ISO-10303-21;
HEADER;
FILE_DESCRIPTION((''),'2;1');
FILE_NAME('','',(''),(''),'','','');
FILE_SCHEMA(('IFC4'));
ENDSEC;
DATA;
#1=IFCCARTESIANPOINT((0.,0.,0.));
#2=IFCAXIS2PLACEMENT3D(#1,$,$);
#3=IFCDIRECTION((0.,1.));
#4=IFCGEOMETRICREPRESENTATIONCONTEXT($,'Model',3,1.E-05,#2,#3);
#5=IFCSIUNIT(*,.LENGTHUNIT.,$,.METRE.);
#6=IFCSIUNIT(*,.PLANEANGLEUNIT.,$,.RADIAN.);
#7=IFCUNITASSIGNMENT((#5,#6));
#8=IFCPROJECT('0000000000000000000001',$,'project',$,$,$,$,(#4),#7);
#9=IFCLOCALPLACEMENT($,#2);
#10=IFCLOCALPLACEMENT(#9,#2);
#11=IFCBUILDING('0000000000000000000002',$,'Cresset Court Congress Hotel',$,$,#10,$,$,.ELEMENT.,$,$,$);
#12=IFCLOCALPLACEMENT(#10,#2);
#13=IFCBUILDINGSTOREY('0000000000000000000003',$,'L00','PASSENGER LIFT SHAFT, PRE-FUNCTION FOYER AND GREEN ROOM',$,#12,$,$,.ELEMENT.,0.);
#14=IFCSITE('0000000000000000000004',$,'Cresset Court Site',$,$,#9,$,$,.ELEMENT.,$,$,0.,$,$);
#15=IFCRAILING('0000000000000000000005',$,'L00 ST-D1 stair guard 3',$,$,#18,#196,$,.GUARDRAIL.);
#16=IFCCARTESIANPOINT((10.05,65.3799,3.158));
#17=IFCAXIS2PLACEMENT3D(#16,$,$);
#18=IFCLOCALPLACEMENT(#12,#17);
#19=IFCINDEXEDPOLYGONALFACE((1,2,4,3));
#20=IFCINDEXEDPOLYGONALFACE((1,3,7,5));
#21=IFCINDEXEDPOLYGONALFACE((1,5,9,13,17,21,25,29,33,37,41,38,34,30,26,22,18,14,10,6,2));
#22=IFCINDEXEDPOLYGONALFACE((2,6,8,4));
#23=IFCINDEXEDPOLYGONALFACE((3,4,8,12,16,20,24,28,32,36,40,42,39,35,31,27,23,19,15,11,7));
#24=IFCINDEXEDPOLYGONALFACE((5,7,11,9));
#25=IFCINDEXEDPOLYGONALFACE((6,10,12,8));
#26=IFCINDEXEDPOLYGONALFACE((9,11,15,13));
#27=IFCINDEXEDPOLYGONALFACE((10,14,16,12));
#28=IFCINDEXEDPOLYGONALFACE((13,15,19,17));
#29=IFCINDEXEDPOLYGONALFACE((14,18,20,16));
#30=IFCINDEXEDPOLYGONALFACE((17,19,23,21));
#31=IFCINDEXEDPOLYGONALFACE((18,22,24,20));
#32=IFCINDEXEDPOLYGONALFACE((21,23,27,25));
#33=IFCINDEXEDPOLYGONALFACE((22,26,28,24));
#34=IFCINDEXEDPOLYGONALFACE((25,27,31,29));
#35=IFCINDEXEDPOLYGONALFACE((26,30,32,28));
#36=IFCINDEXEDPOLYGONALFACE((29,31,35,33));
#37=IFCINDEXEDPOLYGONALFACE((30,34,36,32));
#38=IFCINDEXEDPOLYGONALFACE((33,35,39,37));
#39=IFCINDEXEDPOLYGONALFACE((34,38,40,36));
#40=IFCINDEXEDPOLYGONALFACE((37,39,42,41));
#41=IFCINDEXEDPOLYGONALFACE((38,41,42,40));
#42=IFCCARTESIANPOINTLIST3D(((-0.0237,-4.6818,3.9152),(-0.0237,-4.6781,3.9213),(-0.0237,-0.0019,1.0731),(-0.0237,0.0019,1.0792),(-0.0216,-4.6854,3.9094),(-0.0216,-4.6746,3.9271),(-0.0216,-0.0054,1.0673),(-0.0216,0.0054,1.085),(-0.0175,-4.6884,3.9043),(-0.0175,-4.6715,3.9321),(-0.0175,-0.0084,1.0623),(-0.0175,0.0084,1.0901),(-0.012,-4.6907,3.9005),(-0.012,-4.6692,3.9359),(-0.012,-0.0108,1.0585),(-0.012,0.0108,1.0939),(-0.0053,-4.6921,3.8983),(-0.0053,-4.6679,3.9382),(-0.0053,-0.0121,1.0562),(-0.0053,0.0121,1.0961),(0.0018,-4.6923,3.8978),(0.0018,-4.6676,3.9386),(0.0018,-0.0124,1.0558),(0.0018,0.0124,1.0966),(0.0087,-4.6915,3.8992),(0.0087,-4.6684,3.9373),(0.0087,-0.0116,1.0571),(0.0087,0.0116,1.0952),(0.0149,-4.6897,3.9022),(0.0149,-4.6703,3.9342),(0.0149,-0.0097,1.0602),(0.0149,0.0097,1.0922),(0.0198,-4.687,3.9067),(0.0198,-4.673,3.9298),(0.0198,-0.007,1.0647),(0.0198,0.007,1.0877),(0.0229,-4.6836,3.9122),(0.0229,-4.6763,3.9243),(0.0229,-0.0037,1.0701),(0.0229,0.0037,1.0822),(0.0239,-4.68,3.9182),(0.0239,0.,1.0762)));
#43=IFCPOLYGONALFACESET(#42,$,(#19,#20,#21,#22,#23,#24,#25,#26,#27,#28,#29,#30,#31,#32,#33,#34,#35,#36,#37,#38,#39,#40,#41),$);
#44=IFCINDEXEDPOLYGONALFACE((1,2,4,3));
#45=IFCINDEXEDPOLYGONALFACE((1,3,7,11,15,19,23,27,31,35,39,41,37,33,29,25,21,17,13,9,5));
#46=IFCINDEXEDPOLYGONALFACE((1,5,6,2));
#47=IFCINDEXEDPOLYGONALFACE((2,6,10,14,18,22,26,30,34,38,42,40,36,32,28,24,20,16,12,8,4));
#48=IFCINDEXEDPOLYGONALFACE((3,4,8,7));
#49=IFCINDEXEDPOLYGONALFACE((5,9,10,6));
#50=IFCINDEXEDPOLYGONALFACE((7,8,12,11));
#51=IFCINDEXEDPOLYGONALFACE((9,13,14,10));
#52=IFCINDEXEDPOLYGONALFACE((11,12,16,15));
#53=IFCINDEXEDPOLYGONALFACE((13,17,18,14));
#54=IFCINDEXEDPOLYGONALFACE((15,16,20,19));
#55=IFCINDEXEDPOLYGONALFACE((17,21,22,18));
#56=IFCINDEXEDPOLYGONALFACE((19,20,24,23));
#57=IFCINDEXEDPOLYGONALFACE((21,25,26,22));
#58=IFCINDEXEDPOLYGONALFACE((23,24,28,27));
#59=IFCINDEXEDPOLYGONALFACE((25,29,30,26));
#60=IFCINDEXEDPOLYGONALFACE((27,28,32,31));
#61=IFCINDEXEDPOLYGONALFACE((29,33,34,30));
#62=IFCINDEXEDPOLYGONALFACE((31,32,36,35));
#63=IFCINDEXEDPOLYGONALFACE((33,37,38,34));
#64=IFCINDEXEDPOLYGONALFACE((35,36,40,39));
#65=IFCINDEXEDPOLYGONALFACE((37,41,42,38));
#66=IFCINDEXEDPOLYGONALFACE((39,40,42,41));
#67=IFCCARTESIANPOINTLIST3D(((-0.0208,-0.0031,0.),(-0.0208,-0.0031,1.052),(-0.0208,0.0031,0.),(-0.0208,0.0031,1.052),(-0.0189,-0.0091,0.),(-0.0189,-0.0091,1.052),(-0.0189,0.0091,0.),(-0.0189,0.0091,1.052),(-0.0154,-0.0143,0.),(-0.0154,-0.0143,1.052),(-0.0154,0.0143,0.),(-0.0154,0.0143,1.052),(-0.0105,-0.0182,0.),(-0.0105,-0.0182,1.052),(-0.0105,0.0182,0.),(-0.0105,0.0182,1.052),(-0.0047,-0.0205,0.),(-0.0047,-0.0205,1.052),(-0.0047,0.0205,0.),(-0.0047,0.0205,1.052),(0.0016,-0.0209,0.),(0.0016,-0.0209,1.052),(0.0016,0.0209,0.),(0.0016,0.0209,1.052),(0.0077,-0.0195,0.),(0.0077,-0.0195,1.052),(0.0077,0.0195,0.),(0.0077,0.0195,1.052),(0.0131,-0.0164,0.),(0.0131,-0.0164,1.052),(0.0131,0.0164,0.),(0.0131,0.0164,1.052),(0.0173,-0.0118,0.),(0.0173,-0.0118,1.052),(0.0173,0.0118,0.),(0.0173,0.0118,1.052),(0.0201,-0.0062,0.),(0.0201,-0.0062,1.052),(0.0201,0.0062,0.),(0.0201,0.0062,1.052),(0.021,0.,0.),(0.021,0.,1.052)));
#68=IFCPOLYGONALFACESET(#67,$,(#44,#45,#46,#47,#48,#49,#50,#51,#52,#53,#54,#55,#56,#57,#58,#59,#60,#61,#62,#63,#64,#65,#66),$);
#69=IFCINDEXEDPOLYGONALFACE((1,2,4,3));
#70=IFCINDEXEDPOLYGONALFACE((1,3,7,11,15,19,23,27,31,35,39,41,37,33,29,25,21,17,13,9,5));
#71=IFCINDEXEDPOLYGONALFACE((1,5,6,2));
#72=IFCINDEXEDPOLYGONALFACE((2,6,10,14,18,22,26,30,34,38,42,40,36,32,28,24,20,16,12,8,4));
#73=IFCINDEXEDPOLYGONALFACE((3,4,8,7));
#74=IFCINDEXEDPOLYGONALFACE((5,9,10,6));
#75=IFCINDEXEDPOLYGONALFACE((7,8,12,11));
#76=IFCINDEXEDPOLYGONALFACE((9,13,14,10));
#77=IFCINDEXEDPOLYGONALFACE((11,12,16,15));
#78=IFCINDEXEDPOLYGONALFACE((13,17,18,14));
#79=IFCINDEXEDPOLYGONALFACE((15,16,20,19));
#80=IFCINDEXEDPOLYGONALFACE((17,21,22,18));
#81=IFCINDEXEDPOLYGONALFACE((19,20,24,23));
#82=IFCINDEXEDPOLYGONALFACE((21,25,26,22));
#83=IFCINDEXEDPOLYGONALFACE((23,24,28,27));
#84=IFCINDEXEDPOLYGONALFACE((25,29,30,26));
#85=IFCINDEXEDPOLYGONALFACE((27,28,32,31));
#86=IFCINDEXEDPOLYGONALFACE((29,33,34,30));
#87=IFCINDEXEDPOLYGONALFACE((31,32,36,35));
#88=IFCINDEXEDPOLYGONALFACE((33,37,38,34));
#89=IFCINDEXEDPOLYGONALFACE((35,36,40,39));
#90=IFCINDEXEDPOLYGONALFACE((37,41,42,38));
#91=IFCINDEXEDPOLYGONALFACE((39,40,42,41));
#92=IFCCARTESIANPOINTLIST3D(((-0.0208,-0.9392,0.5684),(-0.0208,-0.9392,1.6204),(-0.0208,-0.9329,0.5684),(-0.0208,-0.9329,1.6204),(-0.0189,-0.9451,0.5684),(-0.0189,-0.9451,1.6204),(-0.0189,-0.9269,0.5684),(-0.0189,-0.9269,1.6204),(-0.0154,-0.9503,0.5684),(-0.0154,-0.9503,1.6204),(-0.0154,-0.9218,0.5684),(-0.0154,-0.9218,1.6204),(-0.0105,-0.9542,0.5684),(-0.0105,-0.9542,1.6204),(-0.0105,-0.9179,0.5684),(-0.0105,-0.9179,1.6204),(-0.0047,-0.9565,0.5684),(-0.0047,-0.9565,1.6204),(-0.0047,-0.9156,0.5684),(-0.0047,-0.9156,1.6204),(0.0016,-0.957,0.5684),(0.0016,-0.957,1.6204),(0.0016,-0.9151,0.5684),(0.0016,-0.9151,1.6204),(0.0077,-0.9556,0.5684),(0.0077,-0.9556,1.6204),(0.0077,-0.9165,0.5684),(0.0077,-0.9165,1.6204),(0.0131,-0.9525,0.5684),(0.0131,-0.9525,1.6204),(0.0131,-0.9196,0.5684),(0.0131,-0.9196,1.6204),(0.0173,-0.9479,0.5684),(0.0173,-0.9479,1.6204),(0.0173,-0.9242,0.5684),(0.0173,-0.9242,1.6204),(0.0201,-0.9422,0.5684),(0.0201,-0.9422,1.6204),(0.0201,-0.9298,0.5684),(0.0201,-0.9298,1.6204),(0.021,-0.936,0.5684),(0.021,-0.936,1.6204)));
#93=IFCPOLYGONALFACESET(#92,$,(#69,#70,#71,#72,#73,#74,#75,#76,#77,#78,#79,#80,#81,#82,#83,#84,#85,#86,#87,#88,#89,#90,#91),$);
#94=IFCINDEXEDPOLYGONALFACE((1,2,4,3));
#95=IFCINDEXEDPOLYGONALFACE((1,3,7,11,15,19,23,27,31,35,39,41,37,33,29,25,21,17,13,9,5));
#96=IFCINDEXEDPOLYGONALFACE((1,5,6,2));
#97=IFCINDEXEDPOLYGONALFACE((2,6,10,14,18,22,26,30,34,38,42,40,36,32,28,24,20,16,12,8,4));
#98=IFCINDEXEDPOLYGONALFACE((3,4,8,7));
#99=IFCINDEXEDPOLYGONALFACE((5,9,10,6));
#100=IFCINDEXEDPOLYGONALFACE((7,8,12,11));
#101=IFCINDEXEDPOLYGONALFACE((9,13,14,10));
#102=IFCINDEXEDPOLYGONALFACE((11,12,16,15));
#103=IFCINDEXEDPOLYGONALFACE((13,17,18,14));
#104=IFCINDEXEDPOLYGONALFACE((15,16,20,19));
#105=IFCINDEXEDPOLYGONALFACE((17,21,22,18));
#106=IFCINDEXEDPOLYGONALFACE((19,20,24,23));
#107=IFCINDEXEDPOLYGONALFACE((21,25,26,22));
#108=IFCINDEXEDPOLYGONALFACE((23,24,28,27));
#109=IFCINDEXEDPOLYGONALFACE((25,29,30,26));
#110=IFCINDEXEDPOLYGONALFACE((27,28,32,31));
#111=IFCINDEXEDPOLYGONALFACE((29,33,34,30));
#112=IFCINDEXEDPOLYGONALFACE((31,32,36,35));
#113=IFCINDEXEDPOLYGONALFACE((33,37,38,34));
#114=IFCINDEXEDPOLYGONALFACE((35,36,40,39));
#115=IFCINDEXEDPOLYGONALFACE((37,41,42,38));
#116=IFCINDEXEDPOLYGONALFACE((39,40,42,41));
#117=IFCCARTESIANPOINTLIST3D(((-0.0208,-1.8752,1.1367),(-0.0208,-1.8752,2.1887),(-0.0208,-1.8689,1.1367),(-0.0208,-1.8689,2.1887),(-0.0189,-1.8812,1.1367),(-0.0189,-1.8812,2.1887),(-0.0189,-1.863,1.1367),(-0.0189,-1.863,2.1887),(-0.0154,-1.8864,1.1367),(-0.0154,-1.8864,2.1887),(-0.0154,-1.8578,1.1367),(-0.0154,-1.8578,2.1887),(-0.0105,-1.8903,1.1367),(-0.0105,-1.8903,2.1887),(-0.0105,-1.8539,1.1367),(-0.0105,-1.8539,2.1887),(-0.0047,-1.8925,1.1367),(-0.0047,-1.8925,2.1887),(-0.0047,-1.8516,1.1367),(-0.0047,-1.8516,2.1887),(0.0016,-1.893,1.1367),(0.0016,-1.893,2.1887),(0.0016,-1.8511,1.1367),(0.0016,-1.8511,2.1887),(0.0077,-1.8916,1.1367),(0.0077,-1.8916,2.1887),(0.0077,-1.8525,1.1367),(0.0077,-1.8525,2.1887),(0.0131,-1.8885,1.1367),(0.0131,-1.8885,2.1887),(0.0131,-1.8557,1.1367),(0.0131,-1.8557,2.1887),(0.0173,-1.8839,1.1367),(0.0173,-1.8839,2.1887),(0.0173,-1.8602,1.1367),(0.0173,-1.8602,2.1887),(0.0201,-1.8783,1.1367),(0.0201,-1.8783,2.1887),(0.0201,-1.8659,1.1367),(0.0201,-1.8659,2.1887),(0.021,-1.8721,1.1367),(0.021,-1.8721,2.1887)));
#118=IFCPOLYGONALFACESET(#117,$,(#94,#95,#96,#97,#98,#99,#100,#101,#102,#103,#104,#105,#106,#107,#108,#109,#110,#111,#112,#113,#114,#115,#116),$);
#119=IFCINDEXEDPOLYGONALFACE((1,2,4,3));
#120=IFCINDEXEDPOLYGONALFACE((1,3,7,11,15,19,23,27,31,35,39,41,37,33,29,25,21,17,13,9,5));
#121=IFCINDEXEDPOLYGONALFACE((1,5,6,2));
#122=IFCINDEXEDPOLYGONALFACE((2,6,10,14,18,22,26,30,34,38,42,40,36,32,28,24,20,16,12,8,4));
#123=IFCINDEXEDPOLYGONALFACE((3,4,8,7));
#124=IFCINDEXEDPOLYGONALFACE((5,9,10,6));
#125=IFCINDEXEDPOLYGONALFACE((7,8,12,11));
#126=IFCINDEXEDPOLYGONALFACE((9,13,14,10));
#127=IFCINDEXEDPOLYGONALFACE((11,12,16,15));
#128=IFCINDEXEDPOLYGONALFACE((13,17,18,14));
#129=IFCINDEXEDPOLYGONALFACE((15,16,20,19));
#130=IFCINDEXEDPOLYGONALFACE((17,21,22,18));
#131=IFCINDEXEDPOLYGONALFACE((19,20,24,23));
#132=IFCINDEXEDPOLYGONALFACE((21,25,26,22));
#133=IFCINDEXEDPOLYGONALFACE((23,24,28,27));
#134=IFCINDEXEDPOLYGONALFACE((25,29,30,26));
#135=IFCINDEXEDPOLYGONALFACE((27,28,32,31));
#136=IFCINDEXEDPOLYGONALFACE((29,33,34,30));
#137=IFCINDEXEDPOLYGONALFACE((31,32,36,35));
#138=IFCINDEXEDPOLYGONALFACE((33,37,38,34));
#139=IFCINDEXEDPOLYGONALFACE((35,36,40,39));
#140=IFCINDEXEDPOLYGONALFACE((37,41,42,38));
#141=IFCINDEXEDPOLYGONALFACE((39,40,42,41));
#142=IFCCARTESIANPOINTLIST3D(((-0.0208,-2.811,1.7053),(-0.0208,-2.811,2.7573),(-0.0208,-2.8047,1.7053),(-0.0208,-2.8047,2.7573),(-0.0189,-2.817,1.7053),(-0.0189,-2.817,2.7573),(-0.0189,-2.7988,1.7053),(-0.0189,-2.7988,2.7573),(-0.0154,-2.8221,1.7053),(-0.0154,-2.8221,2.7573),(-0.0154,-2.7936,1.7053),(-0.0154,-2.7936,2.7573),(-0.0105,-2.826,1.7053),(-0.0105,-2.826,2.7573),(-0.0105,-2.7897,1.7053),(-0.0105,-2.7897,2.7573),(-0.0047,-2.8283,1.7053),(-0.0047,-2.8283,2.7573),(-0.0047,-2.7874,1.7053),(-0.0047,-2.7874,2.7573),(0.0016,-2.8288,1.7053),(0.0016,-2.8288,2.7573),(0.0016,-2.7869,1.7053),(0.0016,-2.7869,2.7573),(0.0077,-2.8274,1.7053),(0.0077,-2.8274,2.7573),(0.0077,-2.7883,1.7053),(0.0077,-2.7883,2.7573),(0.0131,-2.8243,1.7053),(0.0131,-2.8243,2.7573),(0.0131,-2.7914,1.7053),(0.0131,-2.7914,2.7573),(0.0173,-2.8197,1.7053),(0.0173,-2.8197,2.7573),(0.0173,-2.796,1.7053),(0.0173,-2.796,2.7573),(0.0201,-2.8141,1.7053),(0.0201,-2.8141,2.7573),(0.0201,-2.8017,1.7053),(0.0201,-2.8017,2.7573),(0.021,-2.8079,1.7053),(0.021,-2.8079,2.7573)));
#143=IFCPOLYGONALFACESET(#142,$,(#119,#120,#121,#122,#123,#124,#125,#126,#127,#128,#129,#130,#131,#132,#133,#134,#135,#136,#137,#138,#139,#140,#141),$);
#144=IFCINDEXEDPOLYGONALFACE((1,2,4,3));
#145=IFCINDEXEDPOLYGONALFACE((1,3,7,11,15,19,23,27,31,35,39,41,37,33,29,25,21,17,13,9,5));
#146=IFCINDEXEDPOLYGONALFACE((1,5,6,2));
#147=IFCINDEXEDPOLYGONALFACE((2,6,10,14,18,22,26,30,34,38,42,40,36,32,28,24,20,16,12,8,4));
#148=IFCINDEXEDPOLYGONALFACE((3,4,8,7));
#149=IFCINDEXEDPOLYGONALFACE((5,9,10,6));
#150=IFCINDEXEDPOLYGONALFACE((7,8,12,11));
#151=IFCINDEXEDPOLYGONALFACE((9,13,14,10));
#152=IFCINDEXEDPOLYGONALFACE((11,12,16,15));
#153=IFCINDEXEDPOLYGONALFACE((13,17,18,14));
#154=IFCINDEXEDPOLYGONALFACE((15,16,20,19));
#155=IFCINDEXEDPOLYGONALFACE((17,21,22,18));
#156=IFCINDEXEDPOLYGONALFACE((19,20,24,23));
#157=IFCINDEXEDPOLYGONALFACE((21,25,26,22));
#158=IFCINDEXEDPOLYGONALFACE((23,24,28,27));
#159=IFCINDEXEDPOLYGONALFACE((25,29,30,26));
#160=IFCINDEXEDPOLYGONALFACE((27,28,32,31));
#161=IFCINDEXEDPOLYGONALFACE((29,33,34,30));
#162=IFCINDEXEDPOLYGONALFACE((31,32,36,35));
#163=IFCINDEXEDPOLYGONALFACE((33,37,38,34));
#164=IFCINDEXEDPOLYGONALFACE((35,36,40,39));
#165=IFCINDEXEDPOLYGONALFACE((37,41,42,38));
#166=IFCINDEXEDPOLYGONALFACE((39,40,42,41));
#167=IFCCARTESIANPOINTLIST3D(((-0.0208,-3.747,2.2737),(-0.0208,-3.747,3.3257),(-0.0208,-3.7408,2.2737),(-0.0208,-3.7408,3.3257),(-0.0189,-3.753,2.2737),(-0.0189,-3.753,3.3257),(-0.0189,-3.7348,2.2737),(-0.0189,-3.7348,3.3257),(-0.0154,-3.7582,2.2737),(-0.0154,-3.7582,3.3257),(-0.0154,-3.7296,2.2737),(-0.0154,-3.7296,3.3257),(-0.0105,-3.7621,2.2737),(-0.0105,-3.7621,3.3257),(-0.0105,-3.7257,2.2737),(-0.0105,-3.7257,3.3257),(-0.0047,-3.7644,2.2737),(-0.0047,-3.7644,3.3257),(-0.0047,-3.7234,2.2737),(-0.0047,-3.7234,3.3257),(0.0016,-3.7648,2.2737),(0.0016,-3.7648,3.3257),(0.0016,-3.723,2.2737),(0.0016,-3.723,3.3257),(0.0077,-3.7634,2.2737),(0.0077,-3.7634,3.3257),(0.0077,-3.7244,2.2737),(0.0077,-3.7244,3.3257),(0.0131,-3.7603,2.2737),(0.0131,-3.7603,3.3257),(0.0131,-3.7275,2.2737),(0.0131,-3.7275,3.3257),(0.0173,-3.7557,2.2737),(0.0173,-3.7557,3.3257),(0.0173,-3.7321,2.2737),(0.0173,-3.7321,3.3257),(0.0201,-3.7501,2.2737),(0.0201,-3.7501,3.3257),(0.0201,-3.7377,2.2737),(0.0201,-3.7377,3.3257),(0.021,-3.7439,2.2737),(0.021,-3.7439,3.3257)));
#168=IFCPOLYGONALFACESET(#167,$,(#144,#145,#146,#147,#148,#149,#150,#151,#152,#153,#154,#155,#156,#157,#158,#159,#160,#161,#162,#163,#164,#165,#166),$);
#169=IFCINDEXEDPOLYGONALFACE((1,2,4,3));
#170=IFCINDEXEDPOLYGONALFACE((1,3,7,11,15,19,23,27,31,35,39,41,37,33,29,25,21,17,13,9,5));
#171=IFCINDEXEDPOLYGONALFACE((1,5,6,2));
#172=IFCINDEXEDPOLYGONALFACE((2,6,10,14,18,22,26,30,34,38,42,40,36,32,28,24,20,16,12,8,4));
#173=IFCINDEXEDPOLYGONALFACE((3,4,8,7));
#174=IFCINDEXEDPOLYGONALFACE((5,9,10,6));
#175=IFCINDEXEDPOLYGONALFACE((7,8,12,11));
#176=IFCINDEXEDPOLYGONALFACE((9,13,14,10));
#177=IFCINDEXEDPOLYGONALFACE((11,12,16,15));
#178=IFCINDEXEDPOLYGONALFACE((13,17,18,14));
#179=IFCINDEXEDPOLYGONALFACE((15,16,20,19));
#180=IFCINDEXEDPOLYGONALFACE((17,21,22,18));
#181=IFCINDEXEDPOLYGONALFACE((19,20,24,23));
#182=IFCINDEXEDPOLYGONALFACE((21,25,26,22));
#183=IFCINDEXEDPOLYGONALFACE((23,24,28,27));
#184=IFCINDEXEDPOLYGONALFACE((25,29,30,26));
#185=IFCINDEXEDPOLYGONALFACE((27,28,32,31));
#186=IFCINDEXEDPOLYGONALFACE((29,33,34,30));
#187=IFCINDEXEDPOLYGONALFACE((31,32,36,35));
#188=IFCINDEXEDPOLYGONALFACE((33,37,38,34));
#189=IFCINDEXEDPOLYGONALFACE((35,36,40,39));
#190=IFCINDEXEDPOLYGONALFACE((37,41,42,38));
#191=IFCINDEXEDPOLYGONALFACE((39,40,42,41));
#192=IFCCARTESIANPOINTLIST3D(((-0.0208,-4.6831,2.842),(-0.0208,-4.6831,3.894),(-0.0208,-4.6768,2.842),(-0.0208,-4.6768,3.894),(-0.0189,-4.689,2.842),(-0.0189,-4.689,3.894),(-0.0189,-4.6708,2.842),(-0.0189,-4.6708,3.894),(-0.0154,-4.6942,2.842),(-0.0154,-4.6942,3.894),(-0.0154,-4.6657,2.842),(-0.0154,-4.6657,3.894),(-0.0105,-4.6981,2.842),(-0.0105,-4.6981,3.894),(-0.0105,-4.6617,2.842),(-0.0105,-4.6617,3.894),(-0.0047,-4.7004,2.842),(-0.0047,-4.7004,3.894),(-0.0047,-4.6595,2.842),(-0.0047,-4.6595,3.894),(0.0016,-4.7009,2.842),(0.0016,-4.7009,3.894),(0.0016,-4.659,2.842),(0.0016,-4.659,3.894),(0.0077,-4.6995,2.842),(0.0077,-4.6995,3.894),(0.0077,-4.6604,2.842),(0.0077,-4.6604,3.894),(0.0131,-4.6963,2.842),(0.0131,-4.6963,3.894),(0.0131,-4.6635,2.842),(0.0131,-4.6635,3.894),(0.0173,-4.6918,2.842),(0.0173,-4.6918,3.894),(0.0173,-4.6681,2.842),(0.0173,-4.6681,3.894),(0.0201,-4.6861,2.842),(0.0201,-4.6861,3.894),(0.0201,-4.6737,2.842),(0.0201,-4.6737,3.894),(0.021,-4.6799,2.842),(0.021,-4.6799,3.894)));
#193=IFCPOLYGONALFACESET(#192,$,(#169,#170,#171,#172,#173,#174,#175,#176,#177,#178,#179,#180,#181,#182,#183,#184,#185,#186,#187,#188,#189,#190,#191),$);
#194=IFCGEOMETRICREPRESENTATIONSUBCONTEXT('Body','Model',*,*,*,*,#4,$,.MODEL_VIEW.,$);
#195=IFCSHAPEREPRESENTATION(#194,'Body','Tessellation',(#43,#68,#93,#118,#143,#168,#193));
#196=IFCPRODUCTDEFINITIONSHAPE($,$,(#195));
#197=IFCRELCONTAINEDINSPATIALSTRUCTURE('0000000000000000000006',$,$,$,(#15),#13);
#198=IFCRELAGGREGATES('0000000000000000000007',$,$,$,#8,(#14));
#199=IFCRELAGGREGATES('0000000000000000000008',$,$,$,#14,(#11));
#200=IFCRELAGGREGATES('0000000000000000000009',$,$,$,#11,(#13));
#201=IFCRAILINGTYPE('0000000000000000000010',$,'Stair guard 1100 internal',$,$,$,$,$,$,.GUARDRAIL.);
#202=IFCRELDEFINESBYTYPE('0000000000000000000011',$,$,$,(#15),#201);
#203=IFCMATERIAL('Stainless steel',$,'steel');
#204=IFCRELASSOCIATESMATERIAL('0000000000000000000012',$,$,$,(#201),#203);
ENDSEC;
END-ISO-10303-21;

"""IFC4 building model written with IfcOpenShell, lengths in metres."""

from ifc_helpers import new_model, si_unit, direction, frame, origin, origin_2d, place, context, subcontext, project, spatial, circle, extrude, material, type_object, element, save


model = new_model("IFC4")

# Units and contexts
model_context = context("Model", 3, precision=1e-05, world=origin(), true_north=direction((0.0, 1.0)))
body_context = subcontext(model_context, "Body", "Model", "MODEL_VIEW")
ifc_project = project(units=[si_unit("LENGTHUNIT", "METRE"), si_unit("PLANEANGLEUNIT", "RADIAN")], contexts=[model_context])

# Site, building, storey
site_placement = place(None, origin())
site = spatial("IfcSite", under=ifc_project, at=site_placement, Name="Cresset Court Site", CompositionType="ELEMENT", RefElevation=0.0)
building_placement = place(site_placement, origin())
building = spatial("IfcBuilding", under=site, at=building_placement, Name="Cresset Court Congress Hotel", CompositionType="ELEMENT")
storey_placement = place(building_placement, origin())
storey = spatial("IfcBuildingStorey", under=building, at=storey_placement, Name="L00", Description="PASSENGER LIFT SHAFT, PRE-FUNCTION FOYER AND GREEN ROOM", CompositionType="ELEMENT", Elevation=0.0)

# Railing
ifc_material_1 = material(Name="Stainless steel", Category="steel")
railing_type_1 = type_object("IfcRailingType", Name="Stair guard 1100 internal", PredefinedType="GUARDRAIL", material=ifc_material_1)
railing_1_placement = place(storey_placement, frame((10.05, 65.3799, 3.158)))
element("IfcRailing", 1, at=railing_1_placement, inside=storey, type_object=railing_type_1, Name="L00 ST-D1 stair guard 3", PredefinedType="GUARDRAIL", context=body_context, shape_type="SweptSolid", body=[
    extrude(circle(Radius=0.0239, at=origin_2d()), frame((0.0, 0.0, 1.0762), z_axis=(0.0, -0.854735, 0.519065), x_axis=(1.0, 0.0, 0.0)), (0.0, 0.0, 1.0), 5.4753),
    extrude(circle(Radius=0.021, at=origin_2d()), origin(), (0.0, 0.0, 1.0), 1.052),
    extrude(circle(Radius=0.021, at=origin_2d()), frame((0.0, -0.936, 0.5684)), (0.0, 0.0, 1.0), 1.052),
    extrude(circle(Radius=0.021, at=origin_2d()), frame((0.0, -1.8721, 1.1367)), (0.0, 0.0, 1.0), 1.052),
    extrude(circle(Radius=0.021, at=origin_2d()), frame((0.0, -2.8079, 1.7053)), (0.0, 0.0, 1.0), 1.052),
    extrude(circle(Radius=0.021, at=origin_2d()), frame((0.0, -3.7439, 2.2737)), (0.0, 0.0, 1.0), 1.052),
    extrude(circle(Radius=0.021, at=origin_2d()), frame((0.0, -4.6799, 2.842)), (0.0, 0.0, 1.0), 1.052),
])

save(model, "model.ifc")
